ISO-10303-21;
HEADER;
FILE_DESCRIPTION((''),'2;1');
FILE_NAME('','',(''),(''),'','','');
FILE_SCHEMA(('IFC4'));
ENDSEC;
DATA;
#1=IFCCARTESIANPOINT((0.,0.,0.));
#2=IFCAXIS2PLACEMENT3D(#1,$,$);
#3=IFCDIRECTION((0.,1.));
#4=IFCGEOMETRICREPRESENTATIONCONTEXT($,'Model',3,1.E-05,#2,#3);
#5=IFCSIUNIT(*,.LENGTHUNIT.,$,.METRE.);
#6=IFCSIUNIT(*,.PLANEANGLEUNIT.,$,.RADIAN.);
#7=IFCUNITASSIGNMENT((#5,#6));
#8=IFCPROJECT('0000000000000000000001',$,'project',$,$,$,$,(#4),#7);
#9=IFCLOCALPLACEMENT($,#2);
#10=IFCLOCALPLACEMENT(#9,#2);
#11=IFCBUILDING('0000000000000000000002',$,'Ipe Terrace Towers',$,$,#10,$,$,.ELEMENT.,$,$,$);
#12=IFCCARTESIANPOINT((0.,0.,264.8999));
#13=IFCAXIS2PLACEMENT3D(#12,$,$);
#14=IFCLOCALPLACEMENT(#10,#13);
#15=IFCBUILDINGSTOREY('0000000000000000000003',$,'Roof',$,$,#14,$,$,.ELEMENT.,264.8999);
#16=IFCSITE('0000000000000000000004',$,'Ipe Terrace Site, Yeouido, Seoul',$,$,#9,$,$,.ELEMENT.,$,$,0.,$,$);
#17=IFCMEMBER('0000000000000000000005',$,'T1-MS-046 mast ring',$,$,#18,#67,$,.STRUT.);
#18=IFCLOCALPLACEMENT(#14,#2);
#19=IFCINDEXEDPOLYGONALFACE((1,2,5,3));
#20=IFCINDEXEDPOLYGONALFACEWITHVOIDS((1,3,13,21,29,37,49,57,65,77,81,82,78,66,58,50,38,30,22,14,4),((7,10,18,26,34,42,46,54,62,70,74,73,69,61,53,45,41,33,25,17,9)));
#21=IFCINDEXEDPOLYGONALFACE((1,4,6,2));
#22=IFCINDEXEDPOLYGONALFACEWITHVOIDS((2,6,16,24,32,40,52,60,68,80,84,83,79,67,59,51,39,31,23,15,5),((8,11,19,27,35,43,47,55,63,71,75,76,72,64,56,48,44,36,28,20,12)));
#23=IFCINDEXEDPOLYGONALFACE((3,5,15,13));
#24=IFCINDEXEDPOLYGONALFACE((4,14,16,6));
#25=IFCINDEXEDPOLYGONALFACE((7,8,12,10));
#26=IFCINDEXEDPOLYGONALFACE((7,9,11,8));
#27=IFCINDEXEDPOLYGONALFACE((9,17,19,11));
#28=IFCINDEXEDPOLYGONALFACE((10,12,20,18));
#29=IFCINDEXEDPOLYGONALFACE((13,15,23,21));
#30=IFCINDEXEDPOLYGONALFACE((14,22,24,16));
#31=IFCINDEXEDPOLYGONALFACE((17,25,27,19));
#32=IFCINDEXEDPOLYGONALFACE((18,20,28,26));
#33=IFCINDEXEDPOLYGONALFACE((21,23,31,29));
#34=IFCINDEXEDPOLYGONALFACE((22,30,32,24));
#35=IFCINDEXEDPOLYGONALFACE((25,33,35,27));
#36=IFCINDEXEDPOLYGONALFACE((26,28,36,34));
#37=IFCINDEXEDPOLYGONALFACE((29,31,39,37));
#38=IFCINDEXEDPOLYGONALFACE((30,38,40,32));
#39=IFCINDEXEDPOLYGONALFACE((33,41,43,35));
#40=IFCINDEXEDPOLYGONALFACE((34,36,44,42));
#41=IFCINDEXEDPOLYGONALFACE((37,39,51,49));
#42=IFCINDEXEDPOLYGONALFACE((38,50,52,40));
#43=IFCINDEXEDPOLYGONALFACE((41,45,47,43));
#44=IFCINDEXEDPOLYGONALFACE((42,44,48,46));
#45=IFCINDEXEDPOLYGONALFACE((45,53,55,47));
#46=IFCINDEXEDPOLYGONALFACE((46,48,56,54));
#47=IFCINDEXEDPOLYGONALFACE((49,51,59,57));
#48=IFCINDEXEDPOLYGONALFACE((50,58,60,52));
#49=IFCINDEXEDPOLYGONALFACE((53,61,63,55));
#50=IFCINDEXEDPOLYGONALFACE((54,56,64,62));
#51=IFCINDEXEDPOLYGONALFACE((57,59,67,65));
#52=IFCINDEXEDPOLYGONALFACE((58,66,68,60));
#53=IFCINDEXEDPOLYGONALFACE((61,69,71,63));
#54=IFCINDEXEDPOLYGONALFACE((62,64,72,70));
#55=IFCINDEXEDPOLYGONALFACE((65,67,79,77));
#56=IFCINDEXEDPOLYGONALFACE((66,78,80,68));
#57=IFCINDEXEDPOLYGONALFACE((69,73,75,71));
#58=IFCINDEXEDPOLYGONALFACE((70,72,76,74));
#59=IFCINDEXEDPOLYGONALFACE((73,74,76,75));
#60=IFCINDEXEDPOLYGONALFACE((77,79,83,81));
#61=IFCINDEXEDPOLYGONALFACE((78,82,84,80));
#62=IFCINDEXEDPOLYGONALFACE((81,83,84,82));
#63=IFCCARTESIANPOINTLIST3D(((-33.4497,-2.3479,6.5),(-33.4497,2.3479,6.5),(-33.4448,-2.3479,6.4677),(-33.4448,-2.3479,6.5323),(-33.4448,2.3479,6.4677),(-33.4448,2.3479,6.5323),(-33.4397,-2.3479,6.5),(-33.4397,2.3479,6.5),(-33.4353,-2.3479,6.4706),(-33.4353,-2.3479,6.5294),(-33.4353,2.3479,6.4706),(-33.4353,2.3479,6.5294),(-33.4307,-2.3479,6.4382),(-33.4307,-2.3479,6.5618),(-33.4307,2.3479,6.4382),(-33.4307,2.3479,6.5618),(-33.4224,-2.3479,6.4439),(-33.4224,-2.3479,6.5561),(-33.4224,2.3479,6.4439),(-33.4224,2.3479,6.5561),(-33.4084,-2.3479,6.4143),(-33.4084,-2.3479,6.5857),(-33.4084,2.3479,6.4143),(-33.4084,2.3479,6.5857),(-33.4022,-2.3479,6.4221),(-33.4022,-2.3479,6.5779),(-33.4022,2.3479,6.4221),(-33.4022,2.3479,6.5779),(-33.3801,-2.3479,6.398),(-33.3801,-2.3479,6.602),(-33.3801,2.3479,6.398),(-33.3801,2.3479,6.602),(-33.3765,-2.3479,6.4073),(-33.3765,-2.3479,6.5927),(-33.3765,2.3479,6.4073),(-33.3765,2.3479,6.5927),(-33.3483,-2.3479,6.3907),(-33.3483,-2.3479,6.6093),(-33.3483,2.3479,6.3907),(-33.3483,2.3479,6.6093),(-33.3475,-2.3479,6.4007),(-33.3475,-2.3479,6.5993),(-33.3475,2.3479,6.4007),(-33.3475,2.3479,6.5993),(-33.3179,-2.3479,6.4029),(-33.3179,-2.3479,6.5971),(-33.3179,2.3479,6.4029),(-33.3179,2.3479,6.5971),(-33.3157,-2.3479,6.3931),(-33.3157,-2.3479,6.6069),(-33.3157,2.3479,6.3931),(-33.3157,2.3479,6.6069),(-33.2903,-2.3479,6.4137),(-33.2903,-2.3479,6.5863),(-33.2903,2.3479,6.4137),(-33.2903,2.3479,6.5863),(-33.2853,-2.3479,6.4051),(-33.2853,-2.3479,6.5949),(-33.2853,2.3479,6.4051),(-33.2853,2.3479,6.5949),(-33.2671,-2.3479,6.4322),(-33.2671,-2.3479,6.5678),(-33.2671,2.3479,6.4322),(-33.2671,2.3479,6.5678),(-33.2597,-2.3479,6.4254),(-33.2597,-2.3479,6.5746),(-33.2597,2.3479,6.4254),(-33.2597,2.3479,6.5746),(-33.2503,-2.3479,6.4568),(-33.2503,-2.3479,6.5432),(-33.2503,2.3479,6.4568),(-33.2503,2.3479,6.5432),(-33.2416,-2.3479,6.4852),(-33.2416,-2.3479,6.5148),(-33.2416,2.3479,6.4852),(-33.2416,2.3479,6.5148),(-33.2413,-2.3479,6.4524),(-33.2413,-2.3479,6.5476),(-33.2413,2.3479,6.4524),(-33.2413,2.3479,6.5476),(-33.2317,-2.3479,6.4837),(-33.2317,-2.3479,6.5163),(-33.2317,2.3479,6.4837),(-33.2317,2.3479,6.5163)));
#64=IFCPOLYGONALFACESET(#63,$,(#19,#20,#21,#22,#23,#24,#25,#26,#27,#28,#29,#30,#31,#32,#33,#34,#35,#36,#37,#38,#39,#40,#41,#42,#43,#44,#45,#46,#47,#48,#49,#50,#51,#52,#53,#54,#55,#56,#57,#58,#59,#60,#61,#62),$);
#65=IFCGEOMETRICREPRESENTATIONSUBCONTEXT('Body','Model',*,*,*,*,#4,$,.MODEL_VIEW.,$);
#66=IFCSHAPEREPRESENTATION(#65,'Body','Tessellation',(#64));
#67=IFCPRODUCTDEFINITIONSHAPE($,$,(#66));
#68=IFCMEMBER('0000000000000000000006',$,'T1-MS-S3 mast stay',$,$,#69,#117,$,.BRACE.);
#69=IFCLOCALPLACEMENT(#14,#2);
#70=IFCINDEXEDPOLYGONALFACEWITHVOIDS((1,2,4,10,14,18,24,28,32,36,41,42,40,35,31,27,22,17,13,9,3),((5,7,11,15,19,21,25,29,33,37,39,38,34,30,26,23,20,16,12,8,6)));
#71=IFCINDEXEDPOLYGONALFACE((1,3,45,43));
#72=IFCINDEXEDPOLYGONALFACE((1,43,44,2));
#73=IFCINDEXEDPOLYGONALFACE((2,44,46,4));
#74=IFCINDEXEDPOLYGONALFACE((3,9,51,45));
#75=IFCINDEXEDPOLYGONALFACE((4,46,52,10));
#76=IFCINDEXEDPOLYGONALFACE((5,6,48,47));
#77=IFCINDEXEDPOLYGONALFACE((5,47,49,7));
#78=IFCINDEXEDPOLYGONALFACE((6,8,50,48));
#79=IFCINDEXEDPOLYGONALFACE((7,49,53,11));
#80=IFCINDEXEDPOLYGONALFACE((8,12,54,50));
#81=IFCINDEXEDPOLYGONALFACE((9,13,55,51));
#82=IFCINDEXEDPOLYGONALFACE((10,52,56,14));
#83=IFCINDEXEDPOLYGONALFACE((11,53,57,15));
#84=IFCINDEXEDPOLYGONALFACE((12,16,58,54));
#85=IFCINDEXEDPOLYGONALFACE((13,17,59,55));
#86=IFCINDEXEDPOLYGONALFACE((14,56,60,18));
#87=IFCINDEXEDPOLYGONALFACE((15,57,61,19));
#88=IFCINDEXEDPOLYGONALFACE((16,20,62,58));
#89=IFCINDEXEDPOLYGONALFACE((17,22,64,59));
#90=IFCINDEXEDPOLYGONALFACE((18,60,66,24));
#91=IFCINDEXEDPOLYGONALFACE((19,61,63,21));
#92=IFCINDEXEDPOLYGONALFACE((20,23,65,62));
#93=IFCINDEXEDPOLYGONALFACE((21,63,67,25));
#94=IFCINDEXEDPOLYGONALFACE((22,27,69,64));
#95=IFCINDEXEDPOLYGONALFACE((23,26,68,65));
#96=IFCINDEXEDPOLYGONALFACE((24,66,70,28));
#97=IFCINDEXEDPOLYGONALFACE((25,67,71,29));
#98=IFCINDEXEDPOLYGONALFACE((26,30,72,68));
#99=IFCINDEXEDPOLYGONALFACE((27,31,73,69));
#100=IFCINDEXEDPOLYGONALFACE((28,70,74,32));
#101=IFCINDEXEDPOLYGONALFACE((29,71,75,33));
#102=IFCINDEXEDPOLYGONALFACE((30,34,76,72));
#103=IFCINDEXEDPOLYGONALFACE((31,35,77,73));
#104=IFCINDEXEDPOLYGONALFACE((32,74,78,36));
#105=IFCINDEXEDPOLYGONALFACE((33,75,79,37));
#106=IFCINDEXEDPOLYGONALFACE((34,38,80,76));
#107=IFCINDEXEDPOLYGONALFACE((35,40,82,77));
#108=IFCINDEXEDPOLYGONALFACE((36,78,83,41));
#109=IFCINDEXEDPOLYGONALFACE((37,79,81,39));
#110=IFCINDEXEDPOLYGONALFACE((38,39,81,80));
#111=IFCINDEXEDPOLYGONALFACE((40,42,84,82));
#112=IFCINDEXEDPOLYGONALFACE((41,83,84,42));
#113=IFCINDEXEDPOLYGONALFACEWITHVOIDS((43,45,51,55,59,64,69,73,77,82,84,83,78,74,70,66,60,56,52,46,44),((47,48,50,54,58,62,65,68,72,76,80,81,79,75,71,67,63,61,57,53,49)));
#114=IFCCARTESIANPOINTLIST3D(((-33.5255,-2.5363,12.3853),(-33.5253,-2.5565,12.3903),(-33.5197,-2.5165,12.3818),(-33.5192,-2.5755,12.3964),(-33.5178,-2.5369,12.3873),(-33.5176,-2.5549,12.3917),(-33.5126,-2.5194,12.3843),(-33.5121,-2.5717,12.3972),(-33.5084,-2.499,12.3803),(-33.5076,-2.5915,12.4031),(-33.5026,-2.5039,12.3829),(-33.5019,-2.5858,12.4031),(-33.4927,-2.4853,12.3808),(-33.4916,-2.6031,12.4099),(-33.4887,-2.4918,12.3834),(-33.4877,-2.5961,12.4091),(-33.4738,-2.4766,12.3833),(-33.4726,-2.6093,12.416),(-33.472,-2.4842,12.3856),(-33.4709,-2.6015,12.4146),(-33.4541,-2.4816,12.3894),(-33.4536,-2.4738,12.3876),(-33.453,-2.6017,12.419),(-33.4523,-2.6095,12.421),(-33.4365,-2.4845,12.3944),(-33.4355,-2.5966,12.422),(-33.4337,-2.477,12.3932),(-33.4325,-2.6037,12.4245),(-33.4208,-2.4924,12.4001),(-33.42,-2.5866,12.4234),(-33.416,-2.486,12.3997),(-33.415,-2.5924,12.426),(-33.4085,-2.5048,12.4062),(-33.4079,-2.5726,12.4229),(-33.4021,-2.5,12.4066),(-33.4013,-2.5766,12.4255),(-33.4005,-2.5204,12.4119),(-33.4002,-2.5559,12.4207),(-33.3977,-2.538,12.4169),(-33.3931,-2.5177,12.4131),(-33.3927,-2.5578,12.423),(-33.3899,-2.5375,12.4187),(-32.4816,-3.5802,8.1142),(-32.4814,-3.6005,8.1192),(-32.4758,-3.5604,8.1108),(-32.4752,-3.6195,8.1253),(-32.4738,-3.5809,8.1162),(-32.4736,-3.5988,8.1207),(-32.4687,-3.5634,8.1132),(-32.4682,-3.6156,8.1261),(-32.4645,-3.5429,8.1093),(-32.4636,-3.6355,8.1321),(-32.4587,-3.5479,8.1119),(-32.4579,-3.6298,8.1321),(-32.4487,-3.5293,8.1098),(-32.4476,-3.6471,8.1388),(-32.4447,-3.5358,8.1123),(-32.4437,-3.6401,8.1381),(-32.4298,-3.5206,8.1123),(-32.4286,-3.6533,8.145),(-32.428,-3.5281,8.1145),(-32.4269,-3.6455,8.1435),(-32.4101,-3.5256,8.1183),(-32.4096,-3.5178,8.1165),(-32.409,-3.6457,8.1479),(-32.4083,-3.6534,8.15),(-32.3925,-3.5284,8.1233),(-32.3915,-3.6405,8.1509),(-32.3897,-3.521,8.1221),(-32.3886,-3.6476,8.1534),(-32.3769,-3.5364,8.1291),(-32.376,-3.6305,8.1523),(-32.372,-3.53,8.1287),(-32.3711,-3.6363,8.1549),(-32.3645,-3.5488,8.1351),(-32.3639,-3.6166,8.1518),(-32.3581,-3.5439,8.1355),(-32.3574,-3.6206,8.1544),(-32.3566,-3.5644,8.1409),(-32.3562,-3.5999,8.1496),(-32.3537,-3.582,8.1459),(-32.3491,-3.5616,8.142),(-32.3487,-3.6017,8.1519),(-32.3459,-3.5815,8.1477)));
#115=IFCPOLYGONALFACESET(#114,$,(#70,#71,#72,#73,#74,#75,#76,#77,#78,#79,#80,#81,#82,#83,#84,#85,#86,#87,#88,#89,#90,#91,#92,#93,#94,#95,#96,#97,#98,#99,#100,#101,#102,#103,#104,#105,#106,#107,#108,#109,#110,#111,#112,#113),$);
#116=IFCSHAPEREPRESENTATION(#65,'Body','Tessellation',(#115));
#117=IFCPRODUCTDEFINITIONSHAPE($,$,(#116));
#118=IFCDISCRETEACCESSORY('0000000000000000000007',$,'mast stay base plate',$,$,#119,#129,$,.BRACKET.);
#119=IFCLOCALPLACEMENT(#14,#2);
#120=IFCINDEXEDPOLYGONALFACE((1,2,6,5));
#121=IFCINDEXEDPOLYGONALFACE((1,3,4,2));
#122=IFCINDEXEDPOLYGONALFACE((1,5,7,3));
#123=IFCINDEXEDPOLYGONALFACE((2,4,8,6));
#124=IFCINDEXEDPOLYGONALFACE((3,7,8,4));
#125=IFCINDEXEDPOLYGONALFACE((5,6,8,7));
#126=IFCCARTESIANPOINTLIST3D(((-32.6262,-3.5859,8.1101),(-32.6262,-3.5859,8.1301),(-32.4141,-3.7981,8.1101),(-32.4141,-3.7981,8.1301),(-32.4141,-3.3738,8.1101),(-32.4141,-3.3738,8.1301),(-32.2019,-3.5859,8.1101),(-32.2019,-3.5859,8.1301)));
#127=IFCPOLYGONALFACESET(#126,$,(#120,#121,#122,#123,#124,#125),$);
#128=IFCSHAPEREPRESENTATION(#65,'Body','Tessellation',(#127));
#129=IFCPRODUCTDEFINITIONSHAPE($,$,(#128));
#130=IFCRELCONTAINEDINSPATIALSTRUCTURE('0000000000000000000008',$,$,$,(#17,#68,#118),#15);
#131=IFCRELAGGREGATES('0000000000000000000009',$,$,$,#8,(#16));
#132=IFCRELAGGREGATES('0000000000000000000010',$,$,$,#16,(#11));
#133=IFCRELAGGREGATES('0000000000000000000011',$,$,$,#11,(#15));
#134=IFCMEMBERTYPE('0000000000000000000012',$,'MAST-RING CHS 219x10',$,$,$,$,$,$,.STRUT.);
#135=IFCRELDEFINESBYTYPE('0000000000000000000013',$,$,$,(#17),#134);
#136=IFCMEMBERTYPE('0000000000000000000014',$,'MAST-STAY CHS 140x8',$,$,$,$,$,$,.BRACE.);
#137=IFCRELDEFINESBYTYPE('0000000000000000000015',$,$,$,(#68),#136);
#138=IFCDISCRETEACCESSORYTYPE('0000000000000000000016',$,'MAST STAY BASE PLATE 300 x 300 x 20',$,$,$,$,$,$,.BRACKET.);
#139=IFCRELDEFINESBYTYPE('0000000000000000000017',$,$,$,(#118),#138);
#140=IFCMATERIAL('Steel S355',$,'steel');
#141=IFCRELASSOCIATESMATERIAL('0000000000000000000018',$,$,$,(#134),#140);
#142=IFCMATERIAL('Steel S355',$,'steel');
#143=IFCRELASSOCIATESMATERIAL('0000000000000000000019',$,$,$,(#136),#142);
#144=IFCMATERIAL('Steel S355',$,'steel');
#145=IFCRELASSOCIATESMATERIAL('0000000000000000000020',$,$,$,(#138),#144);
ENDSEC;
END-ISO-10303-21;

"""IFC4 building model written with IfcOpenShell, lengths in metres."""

from ifc_helpers import new_model, si_unit, direction, frame, origin, origin_2d, place, context, subcontext, project, spatial, rectangle, hollow_circle, extrude, material, material_profile, profile_set, type_object, element, save


model = new_model("IFC4")

# Units and contexts
model_context = context("Model", 3, precision=1e-05, world=origin(), true_north=direction((0.0, 1.0)))
body_context = subcontext(model_context, "Body", "Model", "MODEL_VIEW")
ifc_project = project(units=[si_unit("LENGTHUNIT", "METRE"), si_unit("PLANEANGLEUNIT", "RADIAN")], contexts=[model_context])

# Site, building, storey
site_placement = place(None, origin())
site = spatial("IfcSite", under=ifc_project, at=site_placement, Name="Ipe Terrace Site, Yeouido, Seoul", CompositionType="ELEMENT", RefElevation=0.0)
building_placement = place(site_placement, origin())
building = spatial("IfcBuilding", under=site, at=building_placement, Name="Ipe Terrace Towers", CompositionType="ELEMENT")
storey_placement = place(building_placement, frame((0.0, 0.0, 264.8999)))
storey = spatial("IfcBuildingStorey", under=building, at=storey_placement, Name="Roof", CompositionType="ELEMENT", Elevation=264.8999)

# Members
ifc_material_1 = material(Name="Steel S355", Category="steel")
ifc_material_profile_1 = material_profile(ifc_material_1, hollow_circle(Radius=0.1096, WallThickness=0.01, at=origin_2d()), Name="MAST-RING CHS 219x10")
ifc_profile_set_1 = profile_set([ifc_material_profile_1], Name="Steel S355")
member_type_1 = type_object("IfcMemberType", Name="MAST-RING CHS 219x10", PredefinedType="STRUT", material=ifc_profile_set_1)
member_1_placement = place(storey_placement, frame((-33.3401, -2.3479, 6.5), z_axis=(0.0, 1.0, 0.0), x_axis=(-1.0, 0.0, 0.0)))
element("IfcMember", 1, at=member_1_placement, inside=storey, type_object=member_type_1, Name="T1-MS-046 mast ring", PredefinedType="STRUT", context=body_context, shape_type="SweptSolid", body=[
    extrude(hollow_circle(Radius=0.1096, WallThickness=0.01, at=origin_2d()), origin(), (0.0, 0.0, 1.0), 4.6958),
])
ifc_material_2 = material(Name="Steel S355", Category="steel")
ifc_material_profile_2 = material_profile(ifc_material_2, hollow_circle(Radius=0.0701, WallThickness=0.0081, at=origin_2d()), Name="MAST-STAY CHS 140x8")
ifc_profile_set_2 = profile_set([ifc_material_profile_2], Name="Steel S355")
member_type_2 = type_object("IfcMemberType", Name="MAST-STAY CHS 140x8", PredefinedType="BRACE", material=ifc_profile_set_2)
member_2_placement = place(storey_placement, frame((-32.4141, -3.5859, 8.1321), z_axis=(-0.231014, 0.231014, 0.945127), x_axis=(-0.707107, -0.707107, 0.0)))
element("IfcMember", 2, at=member_2_placement, inside=storey, type_object=member_type_2, Name="T1-MS-S3 mast stay", PredefinedType="BRACE", context=body_context, shape_type="SweptSolid", body=[
    extrude(hollow_circle(Radius=0.0701, WallThickness=0.0081, at=origin_2d()), origin(), (0.0, 0.0, 1.0), 4.519),
])

# Discrete accessory
ifc_material_3 = material(Name="Steel S355", Category="steel")
discrete_accessory_type = type_object("IfcDiscreteAccessoryType", Name="MAST STAY BASE PLATE 300 x 300 x 20", PredefinedType="BRACKET", material=ifc_material_3)
discrete_accessory_placement = place(storey_placement, frame((-32.4141, -3.5859, 8.1101), z_axis=(0.0, 0.0, 1.0), x_axis=(-0.707107, 0.707107, 0.0)))
element("IfcDiscreteAccessory", 3, at=discrete_accessory_placement, inside=storey, type_object=discrete_accessory_type, Name="mast stay base plate", PredefinedType="BRACKET", context=body_context, shape_type="SweptSolid", body=[
    extrude(rectangle(XDim=0.3, YDim=0.3, at=origin_2d()), origin(), (0.0, 0.0, 1.0), 0.02),
])

save(model, "model.ifc")
